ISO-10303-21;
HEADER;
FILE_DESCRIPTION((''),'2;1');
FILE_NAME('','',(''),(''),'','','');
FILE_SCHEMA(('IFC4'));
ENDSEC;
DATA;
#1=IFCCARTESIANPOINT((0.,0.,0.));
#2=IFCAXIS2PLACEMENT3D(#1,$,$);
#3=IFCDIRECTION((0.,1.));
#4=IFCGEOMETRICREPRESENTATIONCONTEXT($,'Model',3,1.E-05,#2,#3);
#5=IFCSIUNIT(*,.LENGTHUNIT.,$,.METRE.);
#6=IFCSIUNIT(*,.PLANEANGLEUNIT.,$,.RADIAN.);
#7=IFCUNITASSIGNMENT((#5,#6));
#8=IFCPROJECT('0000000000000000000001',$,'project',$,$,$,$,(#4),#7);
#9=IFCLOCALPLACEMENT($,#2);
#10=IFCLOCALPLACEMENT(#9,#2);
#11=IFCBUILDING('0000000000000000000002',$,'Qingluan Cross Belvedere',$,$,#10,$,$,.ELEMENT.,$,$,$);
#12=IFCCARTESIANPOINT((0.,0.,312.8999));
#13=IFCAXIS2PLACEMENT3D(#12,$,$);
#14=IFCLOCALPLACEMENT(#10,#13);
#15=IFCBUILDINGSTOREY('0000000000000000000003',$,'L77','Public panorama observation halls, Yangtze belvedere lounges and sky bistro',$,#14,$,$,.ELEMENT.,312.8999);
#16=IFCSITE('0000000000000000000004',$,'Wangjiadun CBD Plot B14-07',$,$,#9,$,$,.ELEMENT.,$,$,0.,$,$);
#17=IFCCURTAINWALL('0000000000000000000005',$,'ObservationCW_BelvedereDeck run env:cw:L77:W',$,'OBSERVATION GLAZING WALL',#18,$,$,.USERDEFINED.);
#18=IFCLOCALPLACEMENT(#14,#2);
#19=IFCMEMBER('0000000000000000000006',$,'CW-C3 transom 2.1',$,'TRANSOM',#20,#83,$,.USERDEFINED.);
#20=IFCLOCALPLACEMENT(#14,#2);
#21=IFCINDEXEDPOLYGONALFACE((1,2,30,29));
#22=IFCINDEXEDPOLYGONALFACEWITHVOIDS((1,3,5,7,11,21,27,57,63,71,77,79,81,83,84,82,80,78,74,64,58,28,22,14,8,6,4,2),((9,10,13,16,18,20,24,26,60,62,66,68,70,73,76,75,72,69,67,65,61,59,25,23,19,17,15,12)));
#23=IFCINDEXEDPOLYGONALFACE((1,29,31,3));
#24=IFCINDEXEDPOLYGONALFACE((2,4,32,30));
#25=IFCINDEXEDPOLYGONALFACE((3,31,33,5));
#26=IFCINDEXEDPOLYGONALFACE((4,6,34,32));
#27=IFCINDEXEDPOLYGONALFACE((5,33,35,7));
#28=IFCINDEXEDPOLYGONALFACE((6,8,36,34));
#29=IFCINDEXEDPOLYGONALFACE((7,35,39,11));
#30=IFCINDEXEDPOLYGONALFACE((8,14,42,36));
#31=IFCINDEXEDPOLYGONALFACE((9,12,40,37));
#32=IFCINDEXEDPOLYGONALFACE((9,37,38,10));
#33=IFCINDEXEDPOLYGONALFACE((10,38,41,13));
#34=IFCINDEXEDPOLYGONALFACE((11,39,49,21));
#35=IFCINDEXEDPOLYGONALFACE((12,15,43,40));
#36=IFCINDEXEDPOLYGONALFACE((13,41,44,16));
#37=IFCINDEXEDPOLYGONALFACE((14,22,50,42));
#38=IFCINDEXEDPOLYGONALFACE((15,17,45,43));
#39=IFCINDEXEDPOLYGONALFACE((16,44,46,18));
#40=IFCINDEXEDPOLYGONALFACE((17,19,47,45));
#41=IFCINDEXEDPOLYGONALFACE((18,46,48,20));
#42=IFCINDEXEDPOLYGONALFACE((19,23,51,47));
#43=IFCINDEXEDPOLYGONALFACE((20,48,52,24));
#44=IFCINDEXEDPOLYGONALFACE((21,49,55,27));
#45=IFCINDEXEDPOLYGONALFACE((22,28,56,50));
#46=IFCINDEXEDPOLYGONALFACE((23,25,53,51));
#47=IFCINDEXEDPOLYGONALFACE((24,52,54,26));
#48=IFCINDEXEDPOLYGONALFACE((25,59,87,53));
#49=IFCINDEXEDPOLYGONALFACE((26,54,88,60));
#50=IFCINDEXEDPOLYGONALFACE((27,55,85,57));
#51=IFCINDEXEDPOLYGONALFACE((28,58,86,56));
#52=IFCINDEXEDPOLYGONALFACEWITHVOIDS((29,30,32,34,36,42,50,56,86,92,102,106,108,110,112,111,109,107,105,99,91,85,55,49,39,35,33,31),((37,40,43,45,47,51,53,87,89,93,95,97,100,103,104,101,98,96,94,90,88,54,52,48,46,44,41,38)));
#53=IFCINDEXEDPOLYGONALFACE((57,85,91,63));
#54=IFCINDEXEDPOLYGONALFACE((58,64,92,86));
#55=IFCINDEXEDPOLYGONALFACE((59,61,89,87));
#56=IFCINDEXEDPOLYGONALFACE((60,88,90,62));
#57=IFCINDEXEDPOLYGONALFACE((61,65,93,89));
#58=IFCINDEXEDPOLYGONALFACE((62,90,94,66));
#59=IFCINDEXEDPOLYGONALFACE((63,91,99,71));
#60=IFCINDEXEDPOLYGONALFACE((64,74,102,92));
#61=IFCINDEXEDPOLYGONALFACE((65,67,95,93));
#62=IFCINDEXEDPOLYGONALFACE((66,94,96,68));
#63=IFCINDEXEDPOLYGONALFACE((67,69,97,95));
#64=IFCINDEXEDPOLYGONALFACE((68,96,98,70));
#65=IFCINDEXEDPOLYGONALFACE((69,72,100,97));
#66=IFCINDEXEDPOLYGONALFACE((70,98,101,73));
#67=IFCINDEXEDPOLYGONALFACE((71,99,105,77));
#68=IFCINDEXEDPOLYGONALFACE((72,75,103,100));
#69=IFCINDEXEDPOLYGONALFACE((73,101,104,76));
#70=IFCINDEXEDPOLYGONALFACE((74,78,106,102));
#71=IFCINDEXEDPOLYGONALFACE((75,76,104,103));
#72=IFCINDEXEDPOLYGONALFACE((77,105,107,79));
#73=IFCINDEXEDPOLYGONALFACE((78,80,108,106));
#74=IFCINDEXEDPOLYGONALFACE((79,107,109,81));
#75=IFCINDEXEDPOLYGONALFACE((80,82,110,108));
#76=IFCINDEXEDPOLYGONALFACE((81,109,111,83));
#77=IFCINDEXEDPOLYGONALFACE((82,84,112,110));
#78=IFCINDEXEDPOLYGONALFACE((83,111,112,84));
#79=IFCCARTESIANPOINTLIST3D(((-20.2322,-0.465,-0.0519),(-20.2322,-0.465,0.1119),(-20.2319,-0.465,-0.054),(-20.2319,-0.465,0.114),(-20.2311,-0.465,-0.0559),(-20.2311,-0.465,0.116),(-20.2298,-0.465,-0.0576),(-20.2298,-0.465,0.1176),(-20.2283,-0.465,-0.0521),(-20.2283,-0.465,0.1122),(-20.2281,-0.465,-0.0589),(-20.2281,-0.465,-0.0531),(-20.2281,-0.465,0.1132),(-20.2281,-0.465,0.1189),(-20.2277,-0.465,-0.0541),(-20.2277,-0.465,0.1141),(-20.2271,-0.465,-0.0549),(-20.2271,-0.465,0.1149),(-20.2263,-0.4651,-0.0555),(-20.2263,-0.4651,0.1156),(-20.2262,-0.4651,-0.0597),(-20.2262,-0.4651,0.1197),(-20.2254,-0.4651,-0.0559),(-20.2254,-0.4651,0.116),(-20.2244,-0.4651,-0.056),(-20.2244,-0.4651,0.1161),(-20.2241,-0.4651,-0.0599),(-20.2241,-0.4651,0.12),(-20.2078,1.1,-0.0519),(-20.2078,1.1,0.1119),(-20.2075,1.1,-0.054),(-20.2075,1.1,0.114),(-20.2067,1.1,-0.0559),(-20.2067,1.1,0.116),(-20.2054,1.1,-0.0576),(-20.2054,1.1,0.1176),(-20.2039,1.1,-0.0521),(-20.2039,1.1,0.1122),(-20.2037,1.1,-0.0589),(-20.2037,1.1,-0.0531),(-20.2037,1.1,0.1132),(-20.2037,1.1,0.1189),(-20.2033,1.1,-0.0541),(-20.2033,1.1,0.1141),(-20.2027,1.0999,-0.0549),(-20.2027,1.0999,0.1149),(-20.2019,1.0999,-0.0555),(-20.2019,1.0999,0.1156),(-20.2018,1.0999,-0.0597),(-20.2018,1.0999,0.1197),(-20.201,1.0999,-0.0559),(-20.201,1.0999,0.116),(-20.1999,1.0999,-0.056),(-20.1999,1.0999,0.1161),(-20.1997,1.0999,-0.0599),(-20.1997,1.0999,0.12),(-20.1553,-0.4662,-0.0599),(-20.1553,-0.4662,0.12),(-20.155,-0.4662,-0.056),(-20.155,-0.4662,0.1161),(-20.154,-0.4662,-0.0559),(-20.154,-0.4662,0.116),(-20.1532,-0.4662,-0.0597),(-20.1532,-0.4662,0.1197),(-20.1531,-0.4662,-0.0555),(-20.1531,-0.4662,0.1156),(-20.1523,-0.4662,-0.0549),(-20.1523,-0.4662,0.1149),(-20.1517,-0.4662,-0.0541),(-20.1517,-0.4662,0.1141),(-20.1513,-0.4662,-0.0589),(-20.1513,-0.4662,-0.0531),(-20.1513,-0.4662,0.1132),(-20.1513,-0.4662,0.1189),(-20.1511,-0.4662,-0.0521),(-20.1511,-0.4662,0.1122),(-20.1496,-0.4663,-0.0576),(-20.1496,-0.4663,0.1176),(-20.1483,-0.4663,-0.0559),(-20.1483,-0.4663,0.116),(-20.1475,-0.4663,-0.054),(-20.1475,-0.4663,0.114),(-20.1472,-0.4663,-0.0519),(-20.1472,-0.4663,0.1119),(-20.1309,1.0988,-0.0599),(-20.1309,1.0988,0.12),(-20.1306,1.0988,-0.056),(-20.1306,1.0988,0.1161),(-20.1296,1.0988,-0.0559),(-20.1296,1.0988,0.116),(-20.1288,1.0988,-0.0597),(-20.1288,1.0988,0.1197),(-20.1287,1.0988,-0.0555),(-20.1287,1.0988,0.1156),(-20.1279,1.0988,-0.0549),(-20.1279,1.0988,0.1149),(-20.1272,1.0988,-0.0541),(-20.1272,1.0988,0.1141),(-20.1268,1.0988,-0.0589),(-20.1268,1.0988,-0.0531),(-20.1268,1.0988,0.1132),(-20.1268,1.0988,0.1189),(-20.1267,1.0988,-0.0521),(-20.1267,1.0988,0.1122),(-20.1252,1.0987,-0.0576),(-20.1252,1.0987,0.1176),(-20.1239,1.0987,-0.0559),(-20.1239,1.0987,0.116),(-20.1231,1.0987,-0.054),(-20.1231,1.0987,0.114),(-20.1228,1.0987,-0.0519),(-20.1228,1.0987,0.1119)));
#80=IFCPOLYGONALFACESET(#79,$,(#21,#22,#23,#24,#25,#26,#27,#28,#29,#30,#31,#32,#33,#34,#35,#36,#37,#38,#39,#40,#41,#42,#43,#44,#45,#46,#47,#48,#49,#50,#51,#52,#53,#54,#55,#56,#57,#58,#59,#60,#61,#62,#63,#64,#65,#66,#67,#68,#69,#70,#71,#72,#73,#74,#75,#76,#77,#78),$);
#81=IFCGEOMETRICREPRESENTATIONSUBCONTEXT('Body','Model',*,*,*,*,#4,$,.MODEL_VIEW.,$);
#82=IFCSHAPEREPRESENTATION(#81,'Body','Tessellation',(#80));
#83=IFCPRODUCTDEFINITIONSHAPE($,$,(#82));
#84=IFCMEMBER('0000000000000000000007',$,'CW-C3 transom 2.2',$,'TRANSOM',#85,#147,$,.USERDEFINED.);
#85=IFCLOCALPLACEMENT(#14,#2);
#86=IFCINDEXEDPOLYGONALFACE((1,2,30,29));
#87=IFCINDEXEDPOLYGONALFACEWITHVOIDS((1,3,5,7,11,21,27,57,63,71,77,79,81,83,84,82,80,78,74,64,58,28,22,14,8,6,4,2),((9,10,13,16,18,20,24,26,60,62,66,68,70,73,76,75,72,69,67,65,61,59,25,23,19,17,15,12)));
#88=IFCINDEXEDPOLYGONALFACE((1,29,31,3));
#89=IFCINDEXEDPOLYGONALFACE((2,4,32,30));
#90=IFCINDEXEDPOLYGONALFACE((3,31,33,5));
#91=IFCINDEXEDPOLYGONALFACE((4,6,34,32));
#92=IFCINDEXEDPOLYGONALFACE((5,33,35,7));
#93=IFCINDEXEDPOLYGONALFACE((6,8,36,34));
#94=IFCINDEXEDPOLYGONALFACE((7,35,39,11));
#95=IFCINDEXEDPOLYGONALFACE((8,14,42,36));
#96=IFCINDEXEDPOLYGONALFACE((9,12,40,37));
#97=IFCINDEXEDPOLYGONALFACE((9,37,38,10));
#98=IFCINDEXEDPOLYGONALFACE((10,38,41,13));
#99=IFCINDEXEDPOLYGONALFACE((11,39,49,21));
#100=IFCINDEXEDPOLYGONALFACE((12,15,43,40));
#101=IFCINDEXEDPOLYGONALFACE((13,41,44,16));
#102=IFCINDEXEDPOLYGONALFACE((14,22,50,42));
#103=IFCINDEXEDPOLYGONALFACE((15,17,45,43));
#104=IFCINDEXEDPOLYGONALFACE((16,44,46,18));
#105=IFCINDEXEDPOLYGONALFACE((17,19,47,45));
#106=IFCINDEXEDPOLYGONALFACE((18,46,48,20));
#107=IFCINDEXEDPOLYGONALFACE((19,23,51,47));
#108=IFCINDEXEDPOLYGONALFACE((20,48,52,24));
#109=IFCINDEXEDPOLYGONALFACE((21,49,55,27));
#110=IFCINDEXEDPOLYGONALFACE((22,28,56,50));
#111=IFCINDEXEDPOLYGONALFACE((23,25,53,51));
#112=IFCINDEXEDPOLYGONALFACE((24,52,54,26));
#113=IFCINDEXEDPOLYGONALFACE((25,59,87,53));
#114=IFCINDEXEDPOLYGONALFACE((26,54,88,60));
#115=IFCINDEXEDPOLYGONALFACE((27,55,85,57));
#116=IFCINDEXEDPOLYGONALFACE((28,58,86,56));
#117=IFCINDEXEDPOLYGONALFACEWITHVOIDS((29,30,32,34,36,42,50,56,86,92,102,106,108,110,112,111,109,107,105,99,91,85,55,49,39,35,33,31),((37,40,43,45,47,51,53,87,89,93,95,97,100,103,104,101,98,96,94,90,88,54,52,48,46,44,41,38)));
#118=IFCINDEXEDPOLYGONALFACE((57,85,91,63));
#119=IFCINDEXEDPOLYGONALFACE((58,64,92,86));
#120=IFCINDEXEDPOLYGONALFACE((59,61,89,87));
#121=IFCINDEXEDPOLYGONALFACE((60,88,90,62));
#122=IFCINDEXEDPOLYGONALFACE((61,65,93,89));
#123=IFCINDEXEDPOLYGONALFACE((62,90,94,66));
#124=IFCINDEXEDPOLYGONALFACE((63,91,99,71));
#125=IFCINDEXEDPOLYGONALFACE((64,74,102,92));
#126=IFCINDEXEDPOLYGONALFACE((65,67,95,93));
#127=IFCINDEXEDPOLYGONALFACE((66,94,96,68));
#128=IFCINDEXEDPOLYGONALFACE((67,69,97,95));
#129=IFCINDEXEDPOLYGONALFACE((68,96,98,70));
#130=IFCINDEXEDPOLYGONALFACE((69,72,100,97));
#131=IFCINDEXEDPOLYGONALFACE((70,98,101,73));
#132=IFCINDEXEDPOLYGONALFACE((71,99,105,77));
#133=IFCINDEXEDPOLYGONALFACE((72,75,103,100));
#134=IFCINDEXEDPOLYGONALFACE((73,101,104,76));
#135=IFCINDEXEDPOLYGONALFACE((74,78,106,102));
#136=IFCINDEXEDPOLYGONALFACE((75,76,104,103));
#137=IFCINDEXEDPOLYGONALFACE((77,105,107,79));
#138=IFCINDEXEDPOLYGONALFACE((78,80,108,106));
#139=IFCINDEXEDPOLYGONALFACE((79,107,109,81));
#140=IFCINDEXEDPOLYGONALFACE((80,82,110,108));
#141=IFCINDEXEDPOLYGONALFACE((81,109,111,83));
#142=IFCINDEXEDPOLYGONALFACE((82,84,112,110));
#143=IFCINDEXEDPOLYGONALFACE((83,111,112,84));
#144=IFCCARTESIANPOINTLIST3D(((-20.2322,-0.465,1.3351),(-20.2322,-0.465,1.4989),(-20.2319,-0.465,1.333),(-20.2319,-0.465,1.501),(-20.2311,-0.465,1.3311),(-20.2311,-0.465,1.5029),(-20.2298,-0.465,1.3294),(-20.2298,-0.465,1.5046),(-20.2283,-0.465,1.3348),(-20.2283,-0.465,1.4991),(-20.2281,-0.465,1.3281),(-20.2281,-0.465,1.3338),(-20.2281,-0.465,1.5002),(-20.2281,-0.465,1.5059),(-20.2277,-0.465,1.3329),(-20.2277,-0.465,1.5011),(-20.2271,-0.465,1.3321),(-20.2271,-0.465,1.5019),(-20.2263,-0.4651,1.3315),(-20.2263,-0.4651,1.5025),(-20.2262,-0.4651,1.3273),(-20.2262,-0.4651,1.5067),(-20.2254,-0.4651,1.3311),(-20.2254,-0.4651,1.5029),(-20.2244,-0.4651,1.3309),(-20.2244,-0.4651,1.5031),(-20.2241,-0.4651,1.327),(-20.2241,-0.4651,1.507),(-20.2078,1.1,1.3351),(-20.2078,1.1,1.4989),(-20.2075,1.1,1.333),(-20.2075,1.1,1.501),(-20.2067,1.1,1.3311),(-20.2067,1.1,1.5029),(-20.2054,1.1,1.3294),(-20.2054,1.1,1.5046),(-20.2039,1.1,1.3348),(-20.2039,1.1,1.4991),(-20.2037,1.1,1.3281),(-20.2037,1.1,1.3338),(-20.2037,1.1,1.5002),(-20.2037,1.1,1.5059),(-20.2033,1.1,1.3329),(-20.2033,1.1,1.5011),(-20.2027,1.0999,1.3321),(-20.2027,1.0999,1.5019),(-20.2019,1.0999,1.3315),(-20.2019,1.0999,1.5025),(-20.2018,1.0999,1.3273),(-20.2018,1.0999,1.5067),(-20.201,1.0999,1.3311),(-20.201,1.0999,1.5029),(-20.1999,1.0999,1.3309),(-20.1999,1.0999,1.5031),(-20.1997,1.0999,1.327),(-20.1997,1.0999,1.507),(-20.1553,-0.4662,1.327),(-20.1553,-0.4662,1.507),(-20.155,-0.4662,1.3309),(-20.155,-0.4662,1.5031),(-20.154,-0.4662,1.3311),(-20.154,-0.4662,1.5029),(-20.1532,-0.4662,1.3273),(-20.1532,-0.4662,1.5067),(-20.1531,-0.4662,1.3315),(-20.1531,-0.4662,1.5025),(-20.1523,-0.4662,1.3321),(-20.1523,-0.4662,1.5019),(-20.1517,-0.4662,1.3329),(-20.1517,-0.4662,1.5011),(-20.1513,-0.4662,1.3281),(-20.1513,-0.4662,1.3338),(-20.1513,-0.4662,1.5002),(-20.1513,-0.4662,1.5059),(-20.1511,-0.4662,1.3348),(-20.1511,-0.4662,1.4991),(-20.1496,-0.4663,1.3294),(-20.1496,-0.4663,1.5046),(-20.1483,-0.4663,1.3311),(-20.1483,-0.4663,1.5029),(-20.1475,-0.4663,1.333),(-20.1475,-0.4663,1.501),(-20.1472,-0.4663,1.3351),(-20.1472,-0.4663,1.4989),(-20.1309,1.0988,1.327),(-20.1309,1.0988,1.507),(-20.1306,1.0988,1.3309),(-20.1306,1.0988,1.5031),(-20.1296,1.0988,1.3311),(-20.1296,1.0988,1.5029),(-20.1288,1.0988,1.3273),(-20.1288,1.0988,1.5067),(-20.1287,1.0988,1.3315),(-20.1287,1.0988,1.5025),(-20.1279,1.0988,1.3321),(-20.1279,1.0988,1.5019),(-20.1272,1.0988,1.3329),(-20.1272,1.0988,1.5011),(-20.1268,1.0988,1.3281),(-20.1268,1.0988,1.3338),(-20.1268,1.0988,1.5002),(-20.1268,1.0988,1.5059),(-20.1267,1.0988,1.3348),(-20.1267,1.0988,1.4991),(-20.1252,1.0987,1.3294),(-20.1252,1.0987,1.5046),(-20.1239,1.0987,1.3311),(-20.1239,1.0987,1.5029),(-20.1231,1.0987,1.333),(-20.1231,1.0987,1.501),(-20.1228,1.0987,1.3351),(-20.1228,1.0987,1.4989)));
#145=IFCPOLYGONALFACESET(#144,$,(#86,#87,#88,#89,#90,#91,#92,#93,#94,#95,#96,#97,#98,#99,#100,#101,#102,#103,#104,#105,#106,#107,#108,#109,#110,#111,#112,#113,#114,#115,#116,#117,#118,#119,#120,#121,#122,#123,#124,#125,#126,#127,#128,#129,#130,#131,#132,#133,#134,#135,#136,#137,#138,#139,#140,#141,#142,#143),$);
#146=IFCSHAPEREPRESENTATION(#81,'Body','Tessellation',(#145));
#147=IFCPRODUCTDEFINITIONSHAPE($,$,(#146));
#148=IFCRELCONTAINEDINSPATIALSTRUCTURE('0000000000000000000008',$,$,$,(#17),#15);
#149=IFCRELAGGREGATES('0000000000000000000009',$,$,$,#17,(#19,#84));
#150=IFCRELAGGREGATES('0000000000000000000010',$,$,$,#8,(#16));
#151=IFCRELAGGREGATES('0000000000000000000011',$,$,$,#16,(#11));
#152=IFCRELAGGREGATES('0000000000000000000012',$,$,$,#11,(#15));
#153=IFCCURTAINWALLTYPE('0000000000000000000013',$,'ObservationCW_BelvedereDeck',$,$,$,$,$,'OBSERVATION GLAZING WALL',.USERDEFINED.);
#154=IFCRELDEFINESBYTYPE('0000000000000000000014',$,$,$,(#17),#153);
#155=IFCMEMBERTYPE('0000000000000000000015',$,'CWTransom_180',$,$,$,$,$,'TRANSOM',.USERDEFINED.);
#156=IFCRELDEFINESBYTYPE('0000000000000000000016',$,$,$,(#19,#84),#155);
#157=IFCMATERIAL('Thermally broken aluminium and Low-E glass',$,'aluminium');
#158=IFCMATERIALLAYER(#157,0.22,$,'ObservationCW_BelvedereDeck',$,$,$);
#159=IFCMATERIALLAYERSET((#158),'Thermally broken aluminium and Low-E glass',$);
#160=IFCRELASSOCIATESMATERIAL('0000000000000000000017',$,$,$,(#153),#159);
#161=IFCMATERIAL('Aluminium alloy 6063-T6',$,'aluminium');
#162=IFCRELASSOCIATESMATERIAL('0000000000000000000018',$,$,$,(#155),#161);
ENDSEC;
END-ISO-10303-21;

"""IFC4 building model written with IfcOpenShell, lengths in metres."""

from ifc_helpers import new_model, si_unit, direction, frame, origin, origin_2d, place, context, subcontext, project, spatial, hollow_rectangle, extrude, material, layer, layer_set, material_profile, profile_set, type_object, element, aggregate, save


model = new_model("IFC4")

# Units and contexts
model_context = context("Model", 3, precision=1e-05, world=origin(), true_north=direction((0.0, 1.0)))
body_context = subcontext(model_context, "Body", "Model", "MODEL_VIEW")
ifc_project = project(units=[si_unit("LENGTHUNIT", "METRE"), si_unit("PLANEANGLEUNIT", "RADIAN")], contexts=[model_context])

# Site, building, storey
site_placement = place(None, origin())
site = spatial("IfcSite", under=ifc_project, at=site_placement, Name="Wangjiadun CBD Plot B14-07", CompositionType="ELEMENT", RefElevation=0.0)
building_placement = place(site_placement, origin())
building = spatial("IfcBuilding", under=site, at=building_placement, Name="Qingluan Cross Belvedere", CompositionType="ELEMENT")
storey_placement = place(building_placement, frame((0.0, 0.0, 312.8999)))
storey = spatial("IfcBuildingStorey", under=building, at=storey_placement, Name="L77", Description="Public panorama observation halls, Yangtze belvedere lounges and sky bistro", CompositionType="ELEMENT", Elevation=312.8999)

# Curtain wall, members
ifc_material_1 = material(Name="Thermally broken aluminium and Low-E glass", Category="aluminium")
ifc_layer_1 = layer(ifc_material_1, 0.22, Name="ObservationCW_BelvedereDeck")
ifc_layer_set_1 = layer_set([ifc_layer_1], Name="Thermally broken aluminium and Low-E glass")
curtain_wall_type = type_object("IfcCurtainWallType", Name="ObservationCW_BelvedereDeck", ElementType="OBSERVATION GLAZING WALL", PredefinedType="USERDEFINED", material=ifc_layer_set_1)
curtain_wall_placement = place(storey_placement, origin())
curtain_wall = element("IfcCurtainWall", 1, at=curtain_wall_placement, inside=storey, type_object=curtain_wall_type, Name="ObservationCW_BelvedereDeck run env:cw:L77:W", ObjectType="OBSERVATION GLAZING WALL", PredefinedType="USERDEFINED")
ifc_material_2 = material(Name="Aluminium alloy 6063-T6", Category="aluminium")
ifc_material_profile_1 = material_profile(ifc_material_2, hollow_rectangle(XDim=0.085, YDim=0.1799, WallThickness=0.0039, InnerFilletRadius=0.0039, OuterFilletRadius=0.0081, at=origin_2d()), Name="CWT180x85x4")
ifc_profile_set_1 = profile_set([ifc_material_profile_1], Name="Aluminium alloy 6063-T6")
member_type_1 = type_object("IfcMemberType", Name="CWTransom_180", ElementType="TRANSOM", PredefinedType="USERDEFINED", material=ifc_profile_set_1)
member_1_placement = place(storey_placement, frame((-20.1653, 1.0994, 0.03), z_axis=(-0.015599, -0.999878, 0.0), x_axis=(0.999878, -0.015599, 0.0)))
member_1 = element("IfcMember", 2, at=member_1_placement, type_object=member_type_1, Name="CW-C3 transom 2.1", ObjectType="TRANSOM", PredefinedType="USERDEFINED", context=body_context, shape_type="SweptSolid", body=[
    extrude(hollow_rectangle(XDim=0.085, YDim=0.1799, WallThickness=0.0039, InnerFilletRadius=0.0039, OuterFilletRadius=0.0081, at=origin_2d()), origin(), (0.0, 0.0, 1.0), 1.5652),
])
member_2_placement = place(storey_placement, frame((-20.1653, 1.0994, 1.417), z_axis=(-0.015599, -0.999878, 0.0), x_axis=(0.999878, -0.015599, 0.0)))
member_2 = element("IfcMember", 3, at=member_2_placement, type_object=member_type_1, Name="CW-C3 transom 2.2", ObjectType="TRANSOM", PredefinedType="USERDEFINED", context=body_context, shape_type="SweptSolid", body=[
    extrude(hollow_rectangle(XDim=0.085, YDim=0.1799, WallThickness=0.0039, InnerFilletRadius=0.0039, OuterFilletRadius=0.0081, at=origin_2d()), origin(), (0.0, 0.0, 1.0), 1.5652),
])
aggregate(curtain_wall, [member_1, member_2])

save(model, "model.ifc")
